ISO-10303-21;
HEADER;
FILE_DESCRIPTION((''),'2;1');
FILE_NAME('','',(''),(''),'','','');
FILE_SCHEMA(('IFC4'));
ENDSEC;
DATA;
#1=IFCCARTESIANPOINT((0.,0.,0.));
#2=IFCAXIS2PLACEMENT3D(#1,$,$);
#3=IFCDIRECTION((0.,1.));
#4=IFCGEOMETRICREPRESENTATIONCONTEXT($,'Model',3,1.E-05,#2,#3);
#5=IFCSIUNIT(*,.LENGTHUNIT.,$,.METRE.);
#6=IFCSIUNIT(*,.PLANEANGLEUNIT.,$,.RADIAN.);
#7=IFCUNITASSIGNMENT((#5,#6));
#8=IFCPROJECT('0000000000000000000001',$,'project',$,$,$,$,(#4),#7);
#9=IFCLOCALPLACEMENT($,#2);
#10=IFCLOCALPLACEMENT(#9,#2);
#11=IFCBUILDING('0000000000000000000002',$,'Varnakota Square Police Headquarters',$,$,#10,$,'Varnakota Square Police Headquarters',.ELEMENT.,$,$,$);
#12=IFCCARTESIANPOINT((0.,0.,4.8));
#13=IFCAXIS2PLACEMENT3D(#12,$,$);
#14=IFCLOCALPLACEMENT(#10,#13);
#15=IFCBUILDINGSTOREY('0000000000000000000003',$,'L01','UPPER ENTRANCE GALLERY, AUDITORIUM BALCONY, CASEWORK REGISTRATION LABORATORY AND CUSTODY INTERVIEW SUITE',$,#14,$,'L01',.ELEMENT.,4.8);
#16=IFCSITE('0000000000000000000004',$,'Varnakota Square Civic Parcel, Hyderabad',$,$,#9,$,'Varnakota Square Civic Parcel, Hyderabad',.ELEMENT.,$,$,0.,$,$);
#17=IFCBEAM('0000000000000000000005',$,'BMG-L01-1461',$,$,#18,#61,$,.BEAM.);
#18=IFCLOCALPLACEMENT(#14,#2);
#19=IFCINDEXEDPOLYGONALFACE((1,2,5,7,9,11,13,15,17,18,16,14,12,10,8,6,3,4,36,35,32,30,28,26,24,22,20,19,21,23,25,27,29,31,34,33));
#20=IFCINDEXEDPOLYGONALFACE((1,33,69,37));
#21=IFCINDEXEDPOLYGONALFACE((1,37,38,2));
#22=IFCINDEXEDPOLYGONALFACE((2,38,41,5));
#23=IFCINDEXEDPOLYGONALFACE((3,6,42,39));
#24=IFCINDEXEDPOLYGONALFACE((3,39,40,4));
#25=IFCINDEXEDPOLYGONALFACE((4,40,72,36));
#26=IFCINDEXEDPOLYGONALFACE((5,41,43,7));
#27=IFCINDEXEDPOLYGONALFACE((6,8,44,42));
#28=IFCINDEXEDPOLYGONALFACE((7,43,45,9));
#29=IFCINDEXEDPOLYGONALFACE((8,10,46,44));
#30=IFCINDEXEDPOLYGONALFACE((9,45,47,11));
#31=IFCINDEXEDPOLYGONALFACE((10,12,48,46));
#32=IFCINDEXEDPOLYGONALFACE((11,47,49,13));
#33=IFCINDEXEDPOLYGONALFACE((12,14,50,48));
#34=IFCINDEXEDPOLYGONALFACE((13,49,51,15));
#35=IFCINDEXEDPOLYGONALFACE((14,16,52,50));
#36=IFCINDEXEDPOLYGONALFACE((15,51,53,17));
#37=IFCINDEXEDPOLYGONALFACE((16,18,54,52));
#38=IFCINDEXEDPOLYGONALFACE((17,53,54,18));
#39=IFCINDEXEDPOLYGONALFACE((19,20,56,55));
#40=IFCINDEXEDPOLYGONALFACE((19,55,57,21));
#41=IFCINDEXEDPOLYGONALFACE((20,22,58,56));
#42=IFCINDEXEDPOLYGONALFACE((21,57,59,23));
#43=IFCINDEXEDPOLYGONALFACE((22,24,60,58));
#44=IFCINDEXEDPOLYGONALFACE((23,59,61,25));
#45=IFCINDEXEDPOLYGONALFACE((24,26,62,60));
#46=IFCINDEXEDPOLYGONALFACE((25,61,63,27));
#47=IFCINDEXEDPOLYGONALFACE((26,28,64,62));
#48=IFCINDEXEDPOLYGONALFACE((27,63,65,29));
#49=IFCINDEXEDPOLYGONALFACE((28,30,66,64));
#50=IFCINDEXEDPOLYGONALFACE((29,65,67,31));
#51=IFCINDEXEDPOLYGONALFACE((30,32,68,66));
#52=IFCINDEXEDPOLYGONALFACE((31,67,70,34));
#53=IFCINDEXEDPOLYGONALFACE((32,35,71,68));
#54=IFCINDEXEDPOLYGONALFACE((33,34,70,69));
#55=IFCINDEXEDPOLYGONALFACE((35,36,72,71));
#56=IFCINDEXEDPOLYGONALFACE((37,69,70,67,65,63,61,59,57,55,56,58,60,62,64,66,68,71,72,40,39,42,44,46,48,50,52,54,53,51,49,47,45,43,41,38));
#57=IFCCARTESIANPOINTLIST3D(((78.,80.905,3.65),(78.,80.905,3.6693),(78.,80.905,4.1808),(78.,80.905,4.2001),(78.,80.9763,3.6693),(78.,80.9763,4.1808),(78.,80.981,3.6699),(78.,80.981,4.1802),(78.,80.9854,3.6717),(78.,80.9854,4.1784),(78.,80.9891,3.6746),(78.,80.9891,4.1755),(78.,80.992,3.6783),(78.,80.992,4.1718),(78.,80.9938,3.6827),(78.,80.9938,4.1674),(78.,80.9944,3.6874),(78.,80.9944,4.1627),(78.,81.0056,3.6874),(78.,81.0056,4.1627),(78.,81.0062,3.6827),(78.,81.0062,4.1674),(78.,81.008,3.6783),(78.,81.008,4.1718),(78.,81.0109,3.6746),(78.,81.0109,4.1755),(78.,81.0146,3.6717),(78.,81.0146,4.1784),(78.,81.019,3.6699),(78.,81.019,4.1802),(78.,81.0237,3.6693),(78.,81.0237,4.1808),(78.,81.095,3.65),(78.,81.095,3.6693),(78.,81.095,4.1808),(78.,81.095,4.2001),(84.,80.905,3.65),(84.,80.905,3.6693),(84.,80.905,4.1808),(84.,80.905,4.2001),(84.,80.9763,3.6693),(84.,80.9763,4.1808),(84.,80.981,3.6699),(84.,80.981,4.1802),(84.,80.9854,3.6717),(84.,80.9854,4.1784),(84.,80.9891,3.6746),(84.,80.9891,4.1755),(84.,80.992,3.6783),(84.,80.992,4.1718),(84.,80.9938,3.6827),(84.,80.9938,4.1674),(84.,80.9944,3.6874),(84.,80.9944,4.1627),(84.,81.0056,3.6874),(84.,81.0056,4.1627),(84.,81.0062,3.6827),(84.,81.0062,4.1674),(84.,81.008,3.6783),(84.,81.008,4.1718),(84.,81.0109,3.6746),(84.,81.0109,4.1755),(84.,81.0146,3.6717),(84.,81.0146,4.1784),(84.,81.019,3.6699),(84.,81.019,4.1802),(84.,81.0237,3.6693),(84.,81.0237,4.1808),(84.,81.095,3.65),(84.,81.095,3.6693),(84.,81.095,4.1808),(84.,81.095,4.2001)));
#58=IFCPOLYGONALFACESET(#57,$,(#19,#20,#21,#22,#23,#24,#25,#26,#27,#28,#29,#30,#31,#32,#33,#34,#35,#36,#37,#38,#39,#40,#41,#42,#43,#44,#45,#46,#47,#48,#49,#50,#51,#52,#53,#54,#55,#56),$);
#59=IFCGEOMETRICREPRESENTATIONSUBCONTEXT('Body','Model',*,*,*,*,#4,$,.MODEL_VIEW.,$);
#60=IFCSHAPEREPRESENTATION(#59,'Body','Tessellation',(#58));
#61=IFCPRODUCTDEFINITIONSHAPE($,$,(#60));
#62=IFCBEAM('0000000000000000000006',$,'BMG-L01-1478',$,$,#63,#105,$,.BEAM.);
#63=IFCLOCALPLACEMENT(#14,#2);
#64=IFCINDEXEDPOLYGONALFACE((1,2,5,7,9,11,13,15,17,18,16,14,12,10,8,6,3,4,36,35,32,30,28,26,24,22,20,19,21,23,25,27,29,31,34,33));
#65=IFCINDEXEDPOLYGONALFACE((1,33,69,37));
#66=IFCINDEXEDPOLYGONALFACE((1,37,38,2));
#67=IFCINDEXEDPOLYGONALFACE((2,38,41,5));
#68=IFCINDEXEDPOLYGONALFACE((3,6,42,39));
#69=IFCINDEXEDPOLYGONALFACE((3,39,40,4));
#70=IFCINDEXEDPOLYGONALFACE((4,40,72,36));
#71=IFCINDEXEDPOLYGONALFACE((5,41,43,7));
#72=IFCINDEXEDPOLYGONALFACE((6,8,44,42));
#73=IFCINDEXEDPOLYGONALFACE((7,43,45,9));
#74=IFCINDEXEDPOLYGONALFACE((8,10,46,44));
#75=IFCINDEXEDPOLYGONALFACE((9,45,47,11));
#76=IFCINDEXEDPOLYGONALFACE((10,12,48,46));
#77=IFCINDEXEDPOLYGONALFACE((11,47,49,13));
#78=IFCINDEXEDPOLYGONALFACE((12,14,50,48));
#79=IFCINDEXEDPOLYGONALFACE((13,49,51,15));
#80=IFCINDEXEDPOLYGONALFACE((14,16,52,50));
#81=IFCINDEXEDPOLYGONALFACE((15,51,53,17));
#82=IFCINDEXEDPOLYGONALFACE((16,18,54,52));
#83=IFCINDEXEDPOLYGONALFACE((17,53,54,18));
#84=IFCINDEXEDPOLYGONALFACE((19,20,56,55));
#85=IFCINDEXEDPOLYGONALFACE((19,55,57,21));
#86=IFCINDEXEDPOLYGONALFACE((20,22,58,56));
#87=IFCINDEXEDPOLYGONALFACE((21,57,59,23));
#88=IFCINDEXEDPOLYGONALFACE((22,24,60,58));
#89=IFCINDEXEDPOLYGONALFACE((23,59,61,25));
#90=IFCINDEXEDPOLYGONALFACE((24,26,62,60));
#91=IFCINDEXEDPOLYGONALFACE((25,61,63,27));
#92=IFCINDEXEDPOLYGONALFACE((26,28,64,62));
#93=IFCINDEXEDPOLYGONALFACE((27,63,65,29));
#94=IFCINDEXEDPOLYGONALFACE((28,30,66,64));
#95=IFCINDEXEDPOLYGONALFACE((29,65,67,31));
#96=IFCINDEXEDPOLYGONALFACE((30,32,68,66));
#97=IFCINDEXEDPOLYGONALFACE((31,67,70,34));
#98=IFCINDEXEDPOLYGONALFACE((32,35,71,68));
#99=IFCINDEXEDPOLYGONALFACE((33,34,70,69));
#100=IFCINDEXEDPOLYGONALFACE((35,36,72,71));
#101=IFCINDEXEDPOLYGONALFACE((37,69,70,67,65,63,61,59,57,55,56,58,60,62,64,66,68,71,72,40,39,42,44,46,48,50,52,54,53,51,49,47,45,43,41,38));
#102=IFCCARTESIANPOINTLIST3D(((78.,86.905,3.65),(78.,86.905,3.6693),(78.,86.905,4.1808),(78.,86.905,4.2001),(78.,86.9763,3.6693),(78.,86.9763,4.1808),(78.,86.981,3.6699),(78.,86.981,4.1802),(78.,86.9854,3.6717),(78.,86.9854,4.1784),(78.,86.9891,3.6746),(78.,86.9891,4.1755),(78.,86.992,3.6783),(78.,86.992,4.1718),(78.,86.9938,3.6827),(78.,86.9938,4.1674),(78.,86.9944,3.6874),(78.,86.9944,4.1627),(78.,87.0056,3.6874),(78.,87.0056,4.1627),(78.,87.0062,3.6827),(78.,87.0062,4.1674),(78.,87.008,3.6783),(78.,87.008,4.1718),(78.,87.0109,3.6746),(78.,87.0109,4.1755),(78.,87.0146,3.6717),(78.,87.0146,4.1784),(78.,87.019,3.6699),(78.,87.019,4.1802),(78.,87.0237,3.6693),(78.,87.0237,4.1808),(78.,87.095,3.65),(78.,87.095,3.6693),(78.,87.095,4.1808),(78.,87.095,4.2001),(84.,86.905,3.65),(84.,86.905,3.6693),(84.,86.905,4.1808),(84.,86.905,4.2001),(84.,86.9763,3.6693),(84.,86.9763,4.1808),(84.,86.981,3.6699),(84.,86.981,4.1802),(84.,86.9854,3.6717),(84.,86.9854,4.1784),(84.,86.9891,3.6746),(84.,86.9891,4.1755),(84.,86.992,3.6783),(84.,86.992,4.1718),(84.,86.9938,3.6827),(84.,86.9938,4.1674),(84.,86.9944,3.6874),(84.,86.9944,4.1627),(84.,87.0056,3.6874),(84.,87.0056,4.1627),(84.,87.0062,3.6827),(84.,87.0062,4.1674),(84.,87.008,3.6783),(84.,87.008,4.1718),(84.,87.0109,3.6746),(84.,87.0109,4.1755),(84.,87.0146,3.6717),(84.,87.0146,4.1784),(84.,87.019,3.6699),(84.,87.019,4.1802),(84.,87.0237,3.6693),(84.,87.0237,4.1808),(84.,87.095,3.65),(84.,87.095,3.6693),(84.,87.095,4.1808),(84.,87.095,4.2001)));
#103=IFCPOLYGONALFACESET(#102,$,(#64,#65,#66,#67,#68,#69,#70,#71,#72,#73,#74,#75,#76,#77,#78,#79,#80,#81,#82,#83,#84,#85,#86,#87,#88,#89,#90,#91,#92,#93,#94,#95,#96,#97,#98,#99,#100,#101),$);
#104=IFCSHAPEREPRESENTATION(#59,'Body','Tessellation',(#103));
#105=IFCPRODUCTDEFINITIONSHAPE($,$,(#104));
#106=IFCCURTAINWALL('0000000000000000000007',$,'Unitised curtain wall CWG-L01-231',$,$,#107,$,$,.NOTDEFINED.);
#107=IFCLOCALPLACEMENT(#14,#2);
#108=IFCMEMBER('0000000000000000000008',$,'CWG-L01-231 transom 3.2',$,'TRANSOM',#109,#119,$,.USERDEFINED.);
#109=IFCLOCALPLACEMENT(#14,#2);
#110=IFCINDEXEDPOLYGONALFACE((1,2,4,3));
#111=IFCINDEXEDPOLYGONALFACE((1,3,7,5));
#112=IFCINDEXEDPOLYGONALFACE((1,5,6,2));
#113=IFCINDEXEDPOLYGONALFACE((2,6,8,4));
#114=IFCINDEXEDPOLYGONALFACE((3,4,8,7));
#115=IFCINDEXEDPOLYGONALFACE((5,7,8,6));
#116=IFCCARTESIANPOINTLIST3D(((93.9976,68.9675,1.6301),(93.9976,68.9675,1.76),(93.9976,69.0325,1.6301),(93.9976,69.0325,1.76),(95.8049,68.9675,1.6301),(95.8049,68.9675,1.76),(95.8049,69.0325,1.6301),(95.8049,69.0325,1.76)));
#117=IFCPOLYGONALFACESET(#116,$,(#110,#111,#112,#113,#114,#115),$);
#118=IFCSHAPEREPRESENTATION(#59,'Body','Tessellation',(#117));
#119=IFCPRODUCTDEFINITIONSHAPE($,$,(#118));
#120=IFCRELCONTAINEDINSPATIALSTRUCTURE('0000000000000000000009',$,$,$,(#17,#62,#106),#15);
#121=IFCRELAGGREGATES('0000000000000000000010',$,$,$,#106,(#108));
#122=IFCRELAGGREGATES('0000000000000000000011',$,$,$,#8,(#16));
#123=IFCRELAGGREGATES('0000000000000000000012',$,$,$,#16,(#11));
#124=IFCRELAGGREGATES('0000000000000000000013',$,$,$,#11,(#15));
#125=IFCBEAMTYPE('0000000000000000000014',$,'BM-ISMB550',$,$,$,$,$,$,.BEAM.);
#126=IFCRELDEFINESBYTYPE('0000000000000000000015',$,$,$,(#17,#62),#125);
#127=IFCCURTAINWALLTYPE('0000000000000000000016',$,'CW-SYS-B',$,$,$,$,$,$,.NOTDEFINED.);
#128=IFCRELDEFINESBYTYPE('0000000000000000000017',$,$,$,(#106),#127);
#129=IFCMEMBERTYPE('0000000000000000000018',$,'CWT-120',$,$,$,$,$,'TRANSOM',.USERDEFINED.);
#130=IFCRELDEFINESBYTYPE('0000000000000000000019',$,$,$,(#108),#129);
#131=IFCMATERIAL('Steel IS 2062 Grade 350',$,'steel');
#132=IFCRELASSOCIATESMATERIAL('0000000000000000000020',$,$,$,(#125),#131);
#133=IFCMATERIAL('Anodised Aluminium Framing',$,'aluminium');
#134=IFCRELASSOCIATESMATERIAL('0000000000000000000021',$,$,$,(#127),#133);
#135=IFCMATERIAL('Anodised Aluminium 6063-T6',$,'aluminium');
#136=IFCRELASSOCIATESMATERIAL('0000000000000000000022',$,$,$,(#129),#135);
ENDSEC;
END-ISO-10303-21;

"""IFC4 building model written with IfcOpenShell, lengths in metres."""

from ifc_helpers import new_model, si_unit, direction, frame, origin, origin_2d, place, context, subcontext, project, spatial, rectangle, i_section, extrude, material, material_profile, profile_set, type_object, element, aggregate, save


model = new_model("IFC4")

# Units and contexts
model_context = context("Model", 3, precision=1e-05, world=origin(), true_north=direction((0.0, 1.0)))
body_context = subcontext(model_context, "Body", "Model", "MODEL_VIEW")
ifc_project = project(units=[si_unit("LENGTHUNIT", "METRE"), si_unit("PLANEANGLEUNIT", "RADIAN")], contexts=[model_context])

# Site, building, storey
site_placement = place(None, origin())
site = spatial("IfcSite", under=ifc_project, at=site_placement, Name="Varnakota Square Civic Parcel, Hyderabad", LongName="Varnakota Square Civic Parcel, Hyderabad", CompositionType="ELEMENT", RefElevation=0.0)
building_placement = place(site_placement, origin())
building = spatial("IfcBuilding", under=site, at=building_placement, Name="Varnakota Square Police Headquarters", LongName="Varnakota Square Police Headquarters", CompositionType="ELEMENT")
storey_placement = place(building_placement, frame((0.0, 0.0, 4.8)))
storey = spatial("IfcBuildingStorey", under=building, at=storey_placement, Name="L01", Description="UPPER ENTRANCE GALLERY, AUDITORIUM BALCONY, CASEWORK REGISTRATION LABORATORY AND CUSTODY INTERVIEW SUITE", LongName="L01", CompositionType="ELEMENT", Elevation=4.8)

# Shared definitions
ifc_material_1 = material(Name="Steel IS 2062 Grade 350", Category="steel")

# Beams
ifc_material_profile_1 = material_profile(ifc_material_1, i_section(OverallWidth=0.1899, OverallDepth=0.55, WebThickness=0.0112, FlangeThickness=0.0193, FilletRadius=0.0181, at=origin_2d()), Name="ISMB 550")
ifc_profile_set_1 = profile_set([ifc_material_profile_1], Name="Steel IS 2062 Grade 350")
beam_type_1 = type_object("IfcBeamType", Name="BM-ISMB550", PredefinedType="BEAM", material=ifc_profile_set_1)
for number, where, z_axis, x_axis, name in (
    (1, (78.0, 81.0, 3.925), (1.0, 0.0, 0.0), (0.0, 1.0, 0.0), "BMG-L01-1461"),
    (2, (78.0, 87.0, 3.925), (1.0, 0.0, 0.0), (0.0, 1.0, 0.0), "BMG-L01-1478"),
):
    element("IfcBeam", number, at=place(storey_placement, frame(where, z_axis=z_axis, x_axis=x_axis)), inside=storey, type_object=beam_type_1, Name=name, PredefinedType="BEAM", context=body_context, shape_type="SweptSolid", body=[
        extrude(i_section(OverallWidth=0.1899, OverallDepth=0.55, WebThickness=0.0112, FlangeThickness=0.0193, FilletRadius=0.0181, at=origin_2d()), origin(), (0.0, 0.0, 1.0), 6.0),
    ])

# Curtain wall, member
ifc_material_2 = material(Name="Anodised Aluminium Framing", Category="aluminium")
curtain_wall_type = type_object("IfcCurtainWallType", Name="CW-SYS-B", PredefinedType="NOTDEFINED", material=ifc_material_2)
curtain_wall_placement = place(storey_placement, origin())
curtain_wall = element("IfcCurtainWall", 3, at=curtain_wall_placement, inside=storey, type_object=curtain_wall_type, Name="Unitised curtain wall CWG-L01-231", PredefinedType="NOTDEFINED")
ifc_material_3 = material(Name="Anodised Aluminium 6063-T6", Category="aluminium")
ifc_material_profile_2 = material_profile(ifc_material_3, rectangle(XDim=0.0649, YDim=0.1299, at=origin_2d()), Name="ALU TRANSOM 65x130")
ifc_profile_set_2 = profile_set([ifc_material_profile_2], Name="Anodised Aluminium 6063-T6")
member_type = type_object("IfcMemberType", Name="CWT-120", ElementType="TRANSOM", PredefinedType="USERDEFINED", material=ifc_profile_set_2)
member_placement = place(storey_placement, frame((93.9976, 69.0, 1.6951), z_axis=(1.0, 0.0, 0.0), x_axis=(0.0, 1.0, 0.0)))
member = element("IfcMember", 4, at=member_placement, type_object=member_type, Name="CWG-L01-231 transom 3.2", ObjectType="TRANSOM", PredefinedType="USERDEFINED", context=body_context, shape_type="SweptSolid", body=[
    extrude(rectangle(XDim=0.0649, YDim=0.1299, at=origin_2d()), origin(), (0.0, 0.0, 1.0), 1.8074),
])
aggregate(curtain_wall, [member])

save(model, "model.ifc")
